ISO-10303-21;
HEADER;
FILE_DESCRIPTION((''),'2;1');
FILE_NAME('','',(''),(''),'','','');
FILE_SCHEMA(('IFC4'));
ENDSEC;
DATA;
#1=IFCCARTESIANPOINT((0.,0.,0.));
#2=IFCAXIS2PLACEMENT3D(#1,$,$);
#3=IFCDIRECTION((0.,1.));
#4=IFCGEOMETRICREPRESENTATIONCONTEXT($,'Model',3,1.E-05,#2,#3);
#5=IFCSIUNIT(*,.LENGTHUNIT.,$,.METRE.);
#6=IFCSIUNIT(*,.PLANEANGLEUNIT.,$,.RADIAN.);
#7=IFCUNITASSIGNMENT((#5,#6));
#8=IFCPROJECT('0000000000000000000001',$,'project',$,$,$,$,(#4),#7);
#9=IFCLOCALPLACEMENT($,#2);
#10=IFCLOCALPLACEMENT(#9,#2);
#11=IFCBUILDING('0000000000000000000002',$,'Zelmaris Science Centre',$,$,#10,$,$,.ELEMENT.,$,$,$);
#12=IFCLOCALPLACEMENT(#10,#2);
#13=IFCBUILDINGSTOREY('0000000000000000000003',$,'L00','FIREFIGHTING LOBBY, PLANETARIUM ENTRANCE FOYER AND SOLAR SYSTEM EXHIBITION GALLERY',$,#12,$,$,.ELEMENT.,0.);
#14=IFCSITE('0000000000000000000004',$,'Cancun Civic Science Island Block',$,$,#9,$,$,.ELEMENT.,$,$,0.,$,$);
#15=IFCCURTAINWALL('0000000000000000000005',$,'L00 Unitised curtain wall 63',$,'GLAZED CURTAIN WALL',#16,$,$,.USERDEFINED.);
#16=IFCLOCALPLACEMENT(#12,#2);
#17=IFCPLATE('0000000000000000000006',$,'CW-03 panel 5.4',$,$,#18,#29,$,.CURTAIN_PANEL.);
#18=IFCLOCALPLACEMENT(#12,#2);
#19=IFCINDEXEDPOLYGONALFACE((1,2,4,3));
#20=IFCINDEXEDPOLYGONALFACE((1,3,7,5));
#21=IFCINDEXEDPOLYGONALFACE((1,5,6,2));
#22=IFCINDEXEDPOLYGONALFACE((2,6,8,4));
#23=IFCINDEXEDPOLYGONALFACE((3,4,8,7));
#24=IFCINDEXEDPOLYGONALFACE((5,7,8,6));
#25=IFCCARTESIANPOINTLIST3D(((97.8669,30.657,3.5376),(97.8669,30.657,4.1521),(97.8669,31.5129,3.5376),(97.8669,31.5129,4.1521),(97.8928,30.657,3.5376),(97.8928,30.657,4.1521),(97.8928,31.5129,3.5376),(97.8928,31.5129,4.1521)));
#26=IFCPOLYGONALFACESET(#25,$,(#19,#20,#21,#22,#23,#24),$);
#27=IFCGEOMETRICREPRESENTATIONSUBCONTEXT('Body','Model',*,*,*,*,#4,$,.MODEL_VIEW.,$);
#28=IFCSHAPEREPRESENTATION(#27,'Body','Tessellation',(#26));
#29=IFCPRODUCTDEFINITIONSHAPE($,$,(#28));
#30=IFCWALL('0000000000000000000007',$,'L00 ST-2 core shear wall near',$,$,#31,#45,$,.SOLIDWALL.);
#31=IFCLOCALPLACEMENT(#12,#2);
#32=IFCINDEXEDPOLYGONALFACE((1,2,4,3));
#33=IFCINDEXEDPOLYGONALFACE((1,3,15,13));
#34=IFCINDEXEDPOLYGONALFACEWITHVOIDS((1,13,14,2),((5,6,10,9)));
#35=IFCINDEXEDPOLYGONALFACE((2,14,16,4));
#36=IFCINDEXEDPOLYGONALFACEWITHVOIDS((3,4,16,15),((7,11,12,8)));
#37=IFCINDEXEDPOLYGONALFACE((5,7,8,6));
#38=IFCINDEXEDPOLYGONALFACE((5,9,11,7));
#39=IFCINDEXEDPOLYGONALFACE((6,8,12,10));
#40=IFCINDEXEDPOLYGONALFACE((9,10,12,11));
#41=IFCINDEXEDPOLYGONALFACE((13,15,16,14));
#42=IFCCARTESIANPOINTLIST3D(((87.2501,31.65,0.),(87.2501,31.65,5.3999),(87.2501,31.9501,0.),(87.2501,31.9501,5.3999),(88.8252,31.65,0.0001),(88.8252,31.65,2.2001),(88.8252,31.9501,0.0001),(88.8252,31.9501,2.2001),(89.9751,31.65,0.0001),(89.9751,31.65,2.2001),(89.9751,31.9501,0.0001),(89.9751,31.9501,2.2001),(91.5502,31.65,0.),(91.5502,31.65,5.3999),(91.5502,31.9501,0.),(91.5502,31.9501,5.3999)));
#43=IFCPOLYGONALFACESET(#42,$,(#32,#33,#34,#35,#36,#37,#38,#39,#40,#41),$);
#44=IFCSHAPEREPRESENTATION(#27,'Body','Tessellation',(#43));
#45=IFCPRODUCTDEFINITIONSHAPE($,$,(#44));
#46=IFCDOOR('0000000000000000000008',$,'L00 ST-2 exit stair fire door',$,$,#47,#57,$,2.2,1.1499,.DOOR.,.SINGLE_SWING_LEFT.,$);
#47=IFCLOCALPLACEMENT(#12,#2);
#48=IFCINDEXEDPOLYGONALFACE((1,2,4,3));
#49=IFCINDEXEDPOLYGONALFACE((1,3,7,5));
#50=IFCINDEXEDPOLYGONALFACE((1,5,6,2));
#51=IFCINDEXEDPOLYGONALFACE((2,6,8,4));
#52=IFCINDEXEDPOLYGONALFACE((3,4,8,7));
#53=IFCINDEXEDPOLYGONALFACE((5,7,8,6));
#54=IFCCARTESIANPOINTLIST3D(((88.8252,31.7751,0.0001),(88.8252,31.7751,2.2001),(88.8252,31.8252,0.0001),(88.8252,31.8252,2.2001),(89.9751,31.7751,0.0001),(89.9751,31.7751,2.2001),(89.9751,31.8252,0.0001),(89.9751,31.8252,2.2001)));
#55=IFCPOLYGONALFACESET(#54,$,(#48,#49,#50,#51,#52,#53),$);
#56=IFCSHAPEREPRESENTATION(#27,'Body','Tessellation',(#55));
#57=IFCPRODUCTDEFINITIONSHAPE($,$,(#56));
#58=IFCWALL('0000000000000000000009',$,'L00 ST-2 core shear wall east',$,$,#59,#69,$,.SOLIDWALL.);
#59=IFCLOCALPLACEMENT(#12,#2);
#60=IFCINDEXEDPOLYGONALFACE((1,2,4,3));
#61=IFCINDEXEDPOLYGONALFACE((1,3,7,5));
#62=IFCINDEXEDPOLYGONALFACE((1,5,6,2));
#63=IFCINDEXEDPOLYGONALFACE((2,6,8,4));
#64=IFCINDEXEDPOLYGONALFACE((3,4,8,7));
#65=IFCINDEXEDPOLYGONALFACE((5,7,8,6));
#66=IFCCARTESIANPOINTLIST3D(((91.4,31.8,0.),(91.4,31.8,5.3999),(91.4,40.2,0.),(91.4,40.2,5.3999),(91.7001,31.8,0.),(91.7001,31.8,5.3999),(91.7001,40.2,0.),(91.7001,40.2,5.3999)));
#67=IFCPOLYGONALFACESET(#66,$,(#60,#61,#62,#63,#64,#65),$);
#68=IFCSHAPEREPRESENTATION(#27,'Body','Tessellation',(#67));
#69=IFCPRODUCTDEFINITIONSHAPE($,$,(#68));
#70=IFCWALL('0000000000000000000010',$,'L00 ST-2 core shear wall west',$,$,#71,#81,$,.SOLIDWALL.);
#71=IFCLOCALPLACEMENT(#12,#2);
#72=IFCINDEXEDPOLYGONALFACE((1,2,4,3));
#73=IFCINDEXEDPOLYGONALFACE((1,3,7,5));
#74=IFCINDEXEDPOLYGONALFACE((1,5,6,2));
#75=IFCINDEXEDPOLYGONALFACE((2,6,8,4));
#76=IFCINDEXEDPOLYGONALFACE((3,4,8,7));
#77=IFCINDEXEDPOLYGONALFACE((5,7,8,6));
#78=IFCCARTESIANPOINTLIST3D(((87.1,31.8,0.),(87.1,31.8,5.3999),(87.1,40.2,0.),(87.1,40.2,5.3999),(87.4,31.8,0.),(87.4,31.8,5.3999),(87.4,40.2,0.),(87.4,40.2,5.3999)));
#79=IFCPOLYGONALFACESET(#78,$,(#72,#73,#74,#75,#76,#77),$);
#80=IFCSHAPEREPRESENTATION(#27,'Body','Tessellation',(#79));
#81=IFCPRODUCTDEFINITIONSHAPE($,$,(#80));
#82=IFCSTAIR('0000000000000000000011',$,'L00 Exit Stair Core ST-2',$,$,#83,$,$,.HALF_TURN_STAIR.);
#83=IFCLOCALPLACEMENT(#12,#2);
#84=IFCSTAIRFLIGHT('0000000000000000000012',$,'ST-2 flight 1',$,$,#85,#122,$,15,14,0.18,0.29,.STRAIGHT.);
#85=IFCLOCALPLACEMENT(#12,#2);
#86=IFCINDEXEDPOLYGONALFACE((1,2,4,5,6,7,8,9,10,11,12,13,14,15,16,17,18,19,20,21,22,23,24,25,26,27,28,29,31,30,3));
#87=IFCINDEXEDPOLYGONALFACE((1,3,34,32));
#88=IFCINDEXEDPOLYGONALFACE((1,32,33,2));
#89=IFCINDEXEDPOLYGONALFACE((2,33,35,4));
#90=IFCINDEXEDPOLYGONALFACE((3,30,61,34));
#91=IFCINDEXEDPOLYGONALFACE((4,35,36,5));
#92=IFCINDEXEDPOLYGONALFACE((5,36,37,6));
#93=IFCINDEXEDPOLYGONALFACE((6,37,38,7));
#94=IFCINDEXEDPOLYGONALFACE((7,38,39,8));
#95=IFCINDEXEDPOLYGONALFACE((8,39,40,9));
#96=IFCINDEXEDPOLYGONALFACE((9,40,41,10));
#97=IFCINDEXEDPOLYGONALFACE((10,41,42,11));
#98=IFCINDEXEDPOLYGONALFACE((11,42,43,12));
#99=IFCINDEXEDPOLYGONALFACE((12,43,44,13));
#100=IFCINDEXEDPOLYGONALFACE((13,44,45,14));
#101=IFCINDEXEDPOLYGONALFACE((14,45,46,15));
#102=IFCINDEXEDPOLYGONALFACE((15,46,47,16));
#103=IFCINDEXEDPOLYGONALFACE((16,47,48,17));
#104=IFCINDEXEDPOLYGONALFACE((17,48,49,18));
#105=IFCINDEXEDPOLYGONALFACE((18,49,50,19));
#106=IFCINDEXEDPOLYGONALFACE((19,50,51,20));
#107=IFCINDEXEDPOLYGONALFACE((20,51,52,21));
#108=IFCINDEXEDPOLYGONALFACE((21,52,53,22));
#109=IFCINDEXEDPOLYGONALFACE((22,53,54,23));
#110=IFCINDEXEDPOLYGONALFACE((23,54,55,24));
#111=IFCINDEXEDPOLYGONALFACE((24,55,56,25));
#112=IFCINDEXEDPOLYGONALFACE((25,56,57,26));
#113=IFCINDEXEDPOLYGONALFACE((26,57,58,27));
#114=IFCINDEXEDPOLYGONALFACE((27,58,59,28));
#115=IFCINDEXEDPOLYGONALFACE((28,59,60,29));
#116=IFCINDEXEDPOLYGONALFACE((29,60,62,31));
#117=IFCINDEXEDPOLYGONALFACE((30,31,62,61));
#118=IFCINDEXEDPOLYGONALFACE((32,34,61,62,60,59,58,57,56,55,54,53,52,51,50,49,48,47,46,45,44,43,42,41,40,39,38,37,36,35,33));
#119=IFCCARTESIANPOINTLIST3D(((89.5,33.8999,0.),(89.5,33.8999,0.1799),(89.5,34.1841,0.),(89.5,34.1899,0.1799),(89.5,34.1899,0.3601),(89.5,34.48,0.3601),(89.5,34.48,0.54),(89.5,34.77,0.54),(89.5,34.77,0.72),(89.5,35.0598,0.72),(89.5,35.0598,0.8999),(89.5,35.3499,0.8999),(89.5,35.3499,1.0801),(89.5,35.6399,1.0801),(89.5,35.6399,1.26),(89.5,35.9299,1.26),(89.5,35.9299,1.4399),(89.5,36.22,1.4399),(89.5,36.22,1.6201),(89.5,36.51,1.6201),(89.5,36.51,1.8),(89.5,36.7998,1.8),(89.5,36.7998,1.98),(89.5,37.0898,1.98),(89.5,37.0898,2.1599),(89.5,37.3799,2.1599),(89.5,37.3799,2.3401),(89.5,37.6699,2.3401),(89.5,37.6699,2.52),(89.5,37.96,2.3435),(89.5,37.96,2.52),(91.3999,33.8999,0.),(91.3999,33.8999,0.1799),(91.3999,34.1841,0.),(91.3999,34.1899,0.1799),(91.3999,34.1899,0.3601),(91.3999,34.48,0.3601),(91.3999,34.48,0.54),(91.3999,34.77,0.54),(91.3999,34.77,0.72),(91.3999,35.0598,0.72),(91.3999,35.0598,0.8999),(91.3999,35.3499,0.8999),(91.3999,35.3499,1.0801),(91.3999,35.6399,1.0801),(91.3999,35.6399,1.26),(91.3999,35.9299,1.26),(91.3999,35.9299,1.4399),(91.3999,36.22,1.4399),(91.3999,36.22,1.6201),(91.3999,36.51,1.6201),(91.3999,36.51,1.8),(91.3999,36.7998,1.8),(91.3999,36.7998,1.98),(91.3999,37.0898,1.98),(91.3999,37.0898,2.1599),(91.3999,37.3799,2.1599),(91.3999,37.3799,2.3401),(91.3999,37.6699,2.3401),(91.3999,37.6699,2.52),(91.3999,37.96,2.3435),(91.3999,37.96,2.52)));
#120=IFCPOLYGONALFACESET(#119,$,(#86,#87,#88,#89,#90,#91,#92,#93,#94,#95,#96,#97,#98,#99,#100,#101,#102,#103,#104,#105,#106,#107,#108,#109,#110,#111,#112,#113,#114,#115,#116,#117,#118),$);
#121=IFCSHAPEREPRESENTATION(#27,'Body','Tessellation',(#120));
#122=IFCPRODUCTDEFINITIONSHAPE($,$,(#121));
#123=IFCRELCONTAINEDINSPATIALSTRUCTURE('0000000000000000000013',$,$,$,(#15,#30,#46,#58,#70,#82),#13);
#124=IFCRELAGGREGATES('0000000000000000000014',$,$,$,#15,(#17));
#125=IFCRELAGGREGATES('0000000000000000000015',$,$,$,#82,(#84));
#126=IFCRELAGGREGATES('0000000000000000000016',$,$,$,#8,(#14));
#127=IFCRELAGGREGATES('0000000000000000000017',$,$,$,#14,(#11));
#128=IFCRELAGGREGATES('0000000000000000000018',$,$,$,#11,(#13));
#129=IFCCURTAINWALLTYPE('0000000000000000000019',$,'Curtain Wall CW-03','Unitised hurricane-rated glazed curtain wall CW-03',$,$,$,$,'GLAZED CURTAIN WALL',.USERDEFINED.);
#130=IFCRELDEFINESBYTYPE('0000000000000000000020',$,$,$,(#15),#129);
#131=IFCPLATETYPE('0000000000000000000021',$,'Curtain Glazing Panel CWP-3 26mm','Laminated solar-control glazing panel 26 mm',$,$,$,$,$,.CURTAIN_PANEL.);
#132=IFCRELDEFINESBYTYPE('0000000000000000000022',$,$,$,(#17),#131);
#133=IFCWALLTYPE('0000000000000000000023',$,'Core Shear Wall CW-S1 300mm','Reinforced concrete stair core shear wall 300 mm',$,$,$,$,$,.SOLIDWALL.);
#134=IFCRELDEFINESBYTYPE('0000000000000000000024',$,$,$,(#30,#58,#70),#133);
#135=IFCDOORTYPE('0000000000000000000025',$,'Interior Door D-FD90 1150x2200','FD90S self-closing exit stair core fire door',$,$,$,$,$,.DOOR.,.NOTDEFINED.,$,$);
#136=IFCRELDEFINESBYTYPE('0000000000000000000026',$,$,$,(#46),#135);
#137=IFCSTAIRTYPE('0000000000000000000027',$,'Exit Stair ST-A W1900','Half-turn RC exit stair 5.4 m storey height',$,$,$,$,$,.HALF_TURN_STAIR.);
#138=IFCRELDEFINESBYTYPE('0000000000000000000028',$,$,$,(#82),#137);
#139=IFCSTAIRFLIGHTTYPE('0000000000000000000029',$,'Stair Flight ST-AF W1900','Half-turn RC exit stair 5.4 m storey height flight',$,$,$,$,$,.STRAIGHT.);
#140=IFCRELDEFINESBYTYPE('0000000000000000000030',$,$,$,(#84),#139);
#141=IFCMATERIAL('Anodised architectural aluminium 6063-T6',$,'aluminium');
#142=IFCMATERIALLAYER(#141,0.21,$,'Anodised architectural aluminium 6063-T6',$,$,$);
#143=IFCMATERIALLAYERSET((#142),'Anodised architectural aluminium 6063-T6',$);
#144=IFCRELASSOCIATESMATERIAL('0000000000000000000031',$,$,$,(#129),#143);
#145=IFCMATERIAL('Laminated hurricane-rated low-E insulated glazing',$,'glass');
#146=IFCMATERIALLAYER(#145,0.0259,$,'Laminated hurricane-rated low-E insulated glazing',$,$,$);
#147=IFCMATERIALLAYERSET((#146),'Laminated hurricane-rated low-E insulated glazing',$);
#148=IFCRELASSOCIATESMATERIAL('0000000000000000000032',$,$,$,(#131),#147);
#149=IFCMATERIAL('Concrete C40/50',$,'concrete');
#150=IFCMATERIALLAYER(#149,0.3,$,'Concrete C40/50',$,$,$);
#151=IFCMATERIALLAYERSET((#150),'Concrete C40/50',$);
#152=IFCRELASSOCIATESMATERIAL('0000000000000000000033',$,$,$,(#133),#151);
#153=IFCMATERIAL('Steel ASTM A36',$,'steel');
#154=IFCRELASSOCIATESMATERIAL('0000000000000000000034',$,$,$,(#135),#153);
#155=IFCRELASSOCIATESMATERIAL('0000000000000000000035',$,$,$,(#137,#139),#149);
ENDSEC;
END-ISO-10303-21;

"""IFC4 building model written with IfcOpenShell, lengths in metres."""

from ifc_helpers import new_model, si_unit, direction, frame, frame_2d, origin, origin_2d, place, context, subcontext, project, spatial, polyline, rectangle, outline, extrude, material, layer, layer_set, type_object, element, fill, aggregate, save


model = new_model("IFC4")

# Units and contexts
model_context = context("Model", 3, precision=1e-05, world=origin(), true_north=direction((0.0, 1.0)))
body_context = subcontext(model_context, "Body", "Model", "MODEL_VIEW")
ifc_project = project(units=[si_unit("LENGTHUNIT", "METRE"), si_unit("PLANEANGLEUNIT", "RADIAN")], contexts=[model_context])

# Site, building, storey
site_placement = place(None, origin())
site = spatial("IfcSite", under=ifc_project, at=site_placement, Name="Cancun Civic Science Island Block", CompositionType="ELEMENT", RefElevation=0.0)
building_placement = place(site_placement, origin())
building = spatial("IfcBuilding", under=site, at=building_placement, Name="Zelmaris Science Centre", CompositionType="ELEMENT")
storey_placement = place(building_placement, origin())
storey = spatial("IfcBuildingStorey", under=building, at=storey_placement, Name="L00", Description="FIREFIGHTING LOBBY, PLANETARIUM ENTRANCE FOYER AND SOLAR SYSTEM EXHIBITION GALLERY", CompositionType="ELEMENT", Elevation=0.0)

# Curtain wall
ifc_material_1 = material(Name="Anodised architectural aluminium 6063-T6", Category="aluminium")
ifc_layer_1 = layer(ifc_material_1, 0.21, Name="Anodised architectural aluminium 6063-T6")
ifc_layer_set_1 = layer_set([ifc_layer_1], Name="Anodised architectural aluminium 6063-T6")
curtain_wall_type = type_object("IfcCurtainWallType", Name="Curtain Wall CW-03", Description="Unitised hurricane-rated glazed curtain wall CW-03", ElementType="GLAZED CURTAIN WALL", PredefinedType="USERDEFINED", material=ifc_layer_set_1)
curtain_wall_placement = place(storey_placement, origin())
curtain_wall = element("IfcCurtainWall", 1, at=curtain_wall_placement, inside=storey, type_object=curtain_wall_type, Name="L00 Unitised curtain wall 63", ObjectType="GLAZED CURTAIN WALL", PredefinedType="USERDEFINED")

# Plate
ifc_material_2 = material(Name="Laminated hurricane-rated low-E insulated glazing", Category="glass")
ifc_layer_2 = layer(ifc_material_2, 0.0259, Name="Laminated hurricane-rated low-E insulated glazing")
ifc_layer_set_2 = layer_set([ifc_layer_2], Name="Laminated hurricane-rated low-E insulated glazing")
plate_type = type_object("IfcPlateType", Name="Curtain Glazing Panel CWP-3 26mm", Description="Laminated solar-control glazing panel 26 mm", PredefinedType="CURTAIN_PANEL", material=ifc_layer_set_2)
plate_1_placement = place(storey_placement, frame((97.8799, 31.085, 3.5376), z_axis=(0.0, 0.0, 1.0), x_axis=(0.0, -1.0, 0.0)))
plate_1 = element("IfcPlate", 2, at=plate_1_placement, type_object=plate_type, Name="CW-03 panel 5.4", PredefinedType="CURTAIN_PANEL", context=body_context, shape_type="SweptSolid", body=[
    extrude(rectangle(XDim=0.856, YDim=0.0259, at=origin_2d()), origin(), (0.0, 0.0, 1.0), 0.6145),
])
aggregate(curtain_wall, [plate_1])

# Wall, opening, door
ifc_material_3 = material(Name="Concrete C40/50", Category="concrete")
ifc_layer_3 = layer(ifc_material_3, 0.3, Name="Concrete C40/50")
ifc_layer_set_3 = layer_set([ifc_layer_3], Name="Concrete C40/50")
wall_type = type_object("IfcWallType", Name="Core Shear Wall CW-S1 300mm", Description="Reinforced concrete stair core shear wall 300 mm", PredefinedType="SOLIDWALL", material=ifc_layer_set_3)
wall_placement = place(storey_placement, frame((91.55, 31.8, 0.0), z_axis=(0.0, 0.0, 1.0), x_axis=(-1.0, 0.0, 0.0)))
wall = element("IfcWall", 3, at=wall_placement, inside=storey, type_object=wall_type, Name="L00 ST-2 core shear wall near", PredefinedType="SOLIDWALL", context=body_context, shape_type="SweptSolid", body=[
    extrude(rectangle(XDim=4.3, YDim=0.3, at=frame_2d((2.1499, 0.0))), origin(), (0.0, 0.0, 1.0), 5.3999),
])
opening_placement = place(wall_placement, frame((1.575, 0.0, 0.0)))
opening = element("IfcOpeningElement", 4, at=opening_placement, cuts=wall, PredefinedType="OPENING", context=body_context, shape_type="SweptSolid", body=[
    extrude(rectangle(XDim=1.1499, YDim=2.2, at=frame_2d((0.575, 1.1001))), frame((0.0, 0.1599, 0.0), z_axis=(0.0, -1.0, 0.0), x_axis=(1.0, 0.0, 0.0)), (0.0, 0.0, 1.0), 0.3201),
])
ifc_material_4 = material(Name="Steel ASTM A36", Category="steel")
door_type = type_object("IfcDoorType", Name="Interior Door D-FD90 1150x2200", Description="FD90S self-closing exit stair core fire door", OperationType="NOTDEFINED", PredefinedType="DOOR", material=ifc_material_4)
door_placement = place(opening_placement, origin())
door = element("IfcDoor", 5, at=door_placement, inside=storey, type_object=door_type, Name="L00 ST-2 exit stair fire door", OperationType="SINGLE_SWING_LEFT", OverallHeight=2.2, OverallWidth=1.1499, PredefinedType="DOOR", context=body_context, shape_type="SweptSolid", body=[
    extrude(rectangle(XDim=1.1499, YDim=2.2, at=frame_2d((0.575, 1.1001))), frame((0.0, 0.0249, 0.0), z_axis=(0.0, -1.0, 0.0), x_axis=(1.0, 0.0, 0.0)), (0.0, 0.0, 1.0), 0.05),
])
fill(opening, door)

# Walls
for number, where, z_axis, x_axis, name in (
    (6, (91.55, 31.8, 0.0), (0.0, 0.0, 1.0), (0.0, 1.0, 0.0), "L00 ST-2 core shear wall east"),
    (7, (87.25, 31.8, 0.0), (0.0, 0.0, 1.0), (0.0, 1.0, 0.0), "L00 ST-2 core shear wall west"),
):
    element("IfcWall", number, at=place(storey_placement, frame(where, z_axis=z_axis, x_axis=x_axis)), inside=storey, type_object=wall_type, Name=name, PredefinedType="SOLIDWALL", context=body_context, shape_type="SweptSolid", body=[
        extrude(rectangle(XDim=8.3999, YDim=0.3, at=frame_2d((4.2, 0.0))), origin(), (0.0, 0.0, 1.0), 5.3999),
    ])

# Stair, stair flight
stair_type = type_object("IfcStairType", Name="Exit Stair ST-A W1900", Description="Half-turn RC exit stair 5.4 m storey height", PredefinedType="HALF_TURN_STAIR", material=ifc_material_3)
stair_placement = place(storey_placement, origin())
stair = element("IfcStair", 8, at=stair_placement, inside=storey, type_object=stair_type, Name="L00 Exit Stair Core ST-2", PredefinedType="HALF_TURN_STAIR")
stair_flight_type = type_object("IfcStairFlightType", Name="Stair Flight ST-AF W1900", Description="Half-turn RC exit stair 5.4 m storey height flight", PredefinedType="STRAIGHT", material=ifc_material_3)
stair_flight_placement = place(storey_placement, frame((90.45, 33.8999, 0.0), z_axis=(0.0, 0.0, 1.0), x_axis=(0.0, 1.0, 0.0)))
stair_flight = element("IfcStairFlight", 9, at=stair_flight_placement, type_object=stair_flight_type, Name="ST-2 flight 1", NumberOfRisers=15, NumberOfTreads=14, PredefinedType="STRAIGHT", RiserHeight=0.18, TreadLength=0.29, context=body_context, shape_type="SweptSolid", body=[
    extrude(outline(polyline([(0.0, 0.0), (0.0, 0.1799), (0.29, 0.1799), (0.29, 0.3601), (0.5801, 0.3601), (0.5801, 0.54), (0.8701, 0.54), (0.8701, 0.72), (1.1599, 0.72), (1.1599, 0.8999), (1.45, 0.8999), (1.45, 1.0801), (1.74, 1.0801), (1.74, 1.26), (2.03, 1.26), (2.03, 1.4399), (2.3201, 1.4399), (2.3201, 1.6201), (2.6101, 1.6201), (2.6101, 1.8), (2.8999, 1.8), (2.8999, 1.98), (3.1899, 1.98), (3.1899, 2.1599), (3.48, 2.1599), (3.48, 2.3401), (3.77, 2.3401), (3.77, 2.52), (4.0601, 2.52), (4.0601, 2.7), (4.0601, 2.3435), (0.2842, 0.0), (0.0, 0.0)])), frame((0.0, 0.95, 0.0), z_axis=(0.0, -1.0, 0.0), x_axis=(1.0, 0.0, 0.0)), (0.0, 0.0, 1.0), 1.8999),
])
aggregate(stair, [stair_flight])

save(model, "model.ifc")
